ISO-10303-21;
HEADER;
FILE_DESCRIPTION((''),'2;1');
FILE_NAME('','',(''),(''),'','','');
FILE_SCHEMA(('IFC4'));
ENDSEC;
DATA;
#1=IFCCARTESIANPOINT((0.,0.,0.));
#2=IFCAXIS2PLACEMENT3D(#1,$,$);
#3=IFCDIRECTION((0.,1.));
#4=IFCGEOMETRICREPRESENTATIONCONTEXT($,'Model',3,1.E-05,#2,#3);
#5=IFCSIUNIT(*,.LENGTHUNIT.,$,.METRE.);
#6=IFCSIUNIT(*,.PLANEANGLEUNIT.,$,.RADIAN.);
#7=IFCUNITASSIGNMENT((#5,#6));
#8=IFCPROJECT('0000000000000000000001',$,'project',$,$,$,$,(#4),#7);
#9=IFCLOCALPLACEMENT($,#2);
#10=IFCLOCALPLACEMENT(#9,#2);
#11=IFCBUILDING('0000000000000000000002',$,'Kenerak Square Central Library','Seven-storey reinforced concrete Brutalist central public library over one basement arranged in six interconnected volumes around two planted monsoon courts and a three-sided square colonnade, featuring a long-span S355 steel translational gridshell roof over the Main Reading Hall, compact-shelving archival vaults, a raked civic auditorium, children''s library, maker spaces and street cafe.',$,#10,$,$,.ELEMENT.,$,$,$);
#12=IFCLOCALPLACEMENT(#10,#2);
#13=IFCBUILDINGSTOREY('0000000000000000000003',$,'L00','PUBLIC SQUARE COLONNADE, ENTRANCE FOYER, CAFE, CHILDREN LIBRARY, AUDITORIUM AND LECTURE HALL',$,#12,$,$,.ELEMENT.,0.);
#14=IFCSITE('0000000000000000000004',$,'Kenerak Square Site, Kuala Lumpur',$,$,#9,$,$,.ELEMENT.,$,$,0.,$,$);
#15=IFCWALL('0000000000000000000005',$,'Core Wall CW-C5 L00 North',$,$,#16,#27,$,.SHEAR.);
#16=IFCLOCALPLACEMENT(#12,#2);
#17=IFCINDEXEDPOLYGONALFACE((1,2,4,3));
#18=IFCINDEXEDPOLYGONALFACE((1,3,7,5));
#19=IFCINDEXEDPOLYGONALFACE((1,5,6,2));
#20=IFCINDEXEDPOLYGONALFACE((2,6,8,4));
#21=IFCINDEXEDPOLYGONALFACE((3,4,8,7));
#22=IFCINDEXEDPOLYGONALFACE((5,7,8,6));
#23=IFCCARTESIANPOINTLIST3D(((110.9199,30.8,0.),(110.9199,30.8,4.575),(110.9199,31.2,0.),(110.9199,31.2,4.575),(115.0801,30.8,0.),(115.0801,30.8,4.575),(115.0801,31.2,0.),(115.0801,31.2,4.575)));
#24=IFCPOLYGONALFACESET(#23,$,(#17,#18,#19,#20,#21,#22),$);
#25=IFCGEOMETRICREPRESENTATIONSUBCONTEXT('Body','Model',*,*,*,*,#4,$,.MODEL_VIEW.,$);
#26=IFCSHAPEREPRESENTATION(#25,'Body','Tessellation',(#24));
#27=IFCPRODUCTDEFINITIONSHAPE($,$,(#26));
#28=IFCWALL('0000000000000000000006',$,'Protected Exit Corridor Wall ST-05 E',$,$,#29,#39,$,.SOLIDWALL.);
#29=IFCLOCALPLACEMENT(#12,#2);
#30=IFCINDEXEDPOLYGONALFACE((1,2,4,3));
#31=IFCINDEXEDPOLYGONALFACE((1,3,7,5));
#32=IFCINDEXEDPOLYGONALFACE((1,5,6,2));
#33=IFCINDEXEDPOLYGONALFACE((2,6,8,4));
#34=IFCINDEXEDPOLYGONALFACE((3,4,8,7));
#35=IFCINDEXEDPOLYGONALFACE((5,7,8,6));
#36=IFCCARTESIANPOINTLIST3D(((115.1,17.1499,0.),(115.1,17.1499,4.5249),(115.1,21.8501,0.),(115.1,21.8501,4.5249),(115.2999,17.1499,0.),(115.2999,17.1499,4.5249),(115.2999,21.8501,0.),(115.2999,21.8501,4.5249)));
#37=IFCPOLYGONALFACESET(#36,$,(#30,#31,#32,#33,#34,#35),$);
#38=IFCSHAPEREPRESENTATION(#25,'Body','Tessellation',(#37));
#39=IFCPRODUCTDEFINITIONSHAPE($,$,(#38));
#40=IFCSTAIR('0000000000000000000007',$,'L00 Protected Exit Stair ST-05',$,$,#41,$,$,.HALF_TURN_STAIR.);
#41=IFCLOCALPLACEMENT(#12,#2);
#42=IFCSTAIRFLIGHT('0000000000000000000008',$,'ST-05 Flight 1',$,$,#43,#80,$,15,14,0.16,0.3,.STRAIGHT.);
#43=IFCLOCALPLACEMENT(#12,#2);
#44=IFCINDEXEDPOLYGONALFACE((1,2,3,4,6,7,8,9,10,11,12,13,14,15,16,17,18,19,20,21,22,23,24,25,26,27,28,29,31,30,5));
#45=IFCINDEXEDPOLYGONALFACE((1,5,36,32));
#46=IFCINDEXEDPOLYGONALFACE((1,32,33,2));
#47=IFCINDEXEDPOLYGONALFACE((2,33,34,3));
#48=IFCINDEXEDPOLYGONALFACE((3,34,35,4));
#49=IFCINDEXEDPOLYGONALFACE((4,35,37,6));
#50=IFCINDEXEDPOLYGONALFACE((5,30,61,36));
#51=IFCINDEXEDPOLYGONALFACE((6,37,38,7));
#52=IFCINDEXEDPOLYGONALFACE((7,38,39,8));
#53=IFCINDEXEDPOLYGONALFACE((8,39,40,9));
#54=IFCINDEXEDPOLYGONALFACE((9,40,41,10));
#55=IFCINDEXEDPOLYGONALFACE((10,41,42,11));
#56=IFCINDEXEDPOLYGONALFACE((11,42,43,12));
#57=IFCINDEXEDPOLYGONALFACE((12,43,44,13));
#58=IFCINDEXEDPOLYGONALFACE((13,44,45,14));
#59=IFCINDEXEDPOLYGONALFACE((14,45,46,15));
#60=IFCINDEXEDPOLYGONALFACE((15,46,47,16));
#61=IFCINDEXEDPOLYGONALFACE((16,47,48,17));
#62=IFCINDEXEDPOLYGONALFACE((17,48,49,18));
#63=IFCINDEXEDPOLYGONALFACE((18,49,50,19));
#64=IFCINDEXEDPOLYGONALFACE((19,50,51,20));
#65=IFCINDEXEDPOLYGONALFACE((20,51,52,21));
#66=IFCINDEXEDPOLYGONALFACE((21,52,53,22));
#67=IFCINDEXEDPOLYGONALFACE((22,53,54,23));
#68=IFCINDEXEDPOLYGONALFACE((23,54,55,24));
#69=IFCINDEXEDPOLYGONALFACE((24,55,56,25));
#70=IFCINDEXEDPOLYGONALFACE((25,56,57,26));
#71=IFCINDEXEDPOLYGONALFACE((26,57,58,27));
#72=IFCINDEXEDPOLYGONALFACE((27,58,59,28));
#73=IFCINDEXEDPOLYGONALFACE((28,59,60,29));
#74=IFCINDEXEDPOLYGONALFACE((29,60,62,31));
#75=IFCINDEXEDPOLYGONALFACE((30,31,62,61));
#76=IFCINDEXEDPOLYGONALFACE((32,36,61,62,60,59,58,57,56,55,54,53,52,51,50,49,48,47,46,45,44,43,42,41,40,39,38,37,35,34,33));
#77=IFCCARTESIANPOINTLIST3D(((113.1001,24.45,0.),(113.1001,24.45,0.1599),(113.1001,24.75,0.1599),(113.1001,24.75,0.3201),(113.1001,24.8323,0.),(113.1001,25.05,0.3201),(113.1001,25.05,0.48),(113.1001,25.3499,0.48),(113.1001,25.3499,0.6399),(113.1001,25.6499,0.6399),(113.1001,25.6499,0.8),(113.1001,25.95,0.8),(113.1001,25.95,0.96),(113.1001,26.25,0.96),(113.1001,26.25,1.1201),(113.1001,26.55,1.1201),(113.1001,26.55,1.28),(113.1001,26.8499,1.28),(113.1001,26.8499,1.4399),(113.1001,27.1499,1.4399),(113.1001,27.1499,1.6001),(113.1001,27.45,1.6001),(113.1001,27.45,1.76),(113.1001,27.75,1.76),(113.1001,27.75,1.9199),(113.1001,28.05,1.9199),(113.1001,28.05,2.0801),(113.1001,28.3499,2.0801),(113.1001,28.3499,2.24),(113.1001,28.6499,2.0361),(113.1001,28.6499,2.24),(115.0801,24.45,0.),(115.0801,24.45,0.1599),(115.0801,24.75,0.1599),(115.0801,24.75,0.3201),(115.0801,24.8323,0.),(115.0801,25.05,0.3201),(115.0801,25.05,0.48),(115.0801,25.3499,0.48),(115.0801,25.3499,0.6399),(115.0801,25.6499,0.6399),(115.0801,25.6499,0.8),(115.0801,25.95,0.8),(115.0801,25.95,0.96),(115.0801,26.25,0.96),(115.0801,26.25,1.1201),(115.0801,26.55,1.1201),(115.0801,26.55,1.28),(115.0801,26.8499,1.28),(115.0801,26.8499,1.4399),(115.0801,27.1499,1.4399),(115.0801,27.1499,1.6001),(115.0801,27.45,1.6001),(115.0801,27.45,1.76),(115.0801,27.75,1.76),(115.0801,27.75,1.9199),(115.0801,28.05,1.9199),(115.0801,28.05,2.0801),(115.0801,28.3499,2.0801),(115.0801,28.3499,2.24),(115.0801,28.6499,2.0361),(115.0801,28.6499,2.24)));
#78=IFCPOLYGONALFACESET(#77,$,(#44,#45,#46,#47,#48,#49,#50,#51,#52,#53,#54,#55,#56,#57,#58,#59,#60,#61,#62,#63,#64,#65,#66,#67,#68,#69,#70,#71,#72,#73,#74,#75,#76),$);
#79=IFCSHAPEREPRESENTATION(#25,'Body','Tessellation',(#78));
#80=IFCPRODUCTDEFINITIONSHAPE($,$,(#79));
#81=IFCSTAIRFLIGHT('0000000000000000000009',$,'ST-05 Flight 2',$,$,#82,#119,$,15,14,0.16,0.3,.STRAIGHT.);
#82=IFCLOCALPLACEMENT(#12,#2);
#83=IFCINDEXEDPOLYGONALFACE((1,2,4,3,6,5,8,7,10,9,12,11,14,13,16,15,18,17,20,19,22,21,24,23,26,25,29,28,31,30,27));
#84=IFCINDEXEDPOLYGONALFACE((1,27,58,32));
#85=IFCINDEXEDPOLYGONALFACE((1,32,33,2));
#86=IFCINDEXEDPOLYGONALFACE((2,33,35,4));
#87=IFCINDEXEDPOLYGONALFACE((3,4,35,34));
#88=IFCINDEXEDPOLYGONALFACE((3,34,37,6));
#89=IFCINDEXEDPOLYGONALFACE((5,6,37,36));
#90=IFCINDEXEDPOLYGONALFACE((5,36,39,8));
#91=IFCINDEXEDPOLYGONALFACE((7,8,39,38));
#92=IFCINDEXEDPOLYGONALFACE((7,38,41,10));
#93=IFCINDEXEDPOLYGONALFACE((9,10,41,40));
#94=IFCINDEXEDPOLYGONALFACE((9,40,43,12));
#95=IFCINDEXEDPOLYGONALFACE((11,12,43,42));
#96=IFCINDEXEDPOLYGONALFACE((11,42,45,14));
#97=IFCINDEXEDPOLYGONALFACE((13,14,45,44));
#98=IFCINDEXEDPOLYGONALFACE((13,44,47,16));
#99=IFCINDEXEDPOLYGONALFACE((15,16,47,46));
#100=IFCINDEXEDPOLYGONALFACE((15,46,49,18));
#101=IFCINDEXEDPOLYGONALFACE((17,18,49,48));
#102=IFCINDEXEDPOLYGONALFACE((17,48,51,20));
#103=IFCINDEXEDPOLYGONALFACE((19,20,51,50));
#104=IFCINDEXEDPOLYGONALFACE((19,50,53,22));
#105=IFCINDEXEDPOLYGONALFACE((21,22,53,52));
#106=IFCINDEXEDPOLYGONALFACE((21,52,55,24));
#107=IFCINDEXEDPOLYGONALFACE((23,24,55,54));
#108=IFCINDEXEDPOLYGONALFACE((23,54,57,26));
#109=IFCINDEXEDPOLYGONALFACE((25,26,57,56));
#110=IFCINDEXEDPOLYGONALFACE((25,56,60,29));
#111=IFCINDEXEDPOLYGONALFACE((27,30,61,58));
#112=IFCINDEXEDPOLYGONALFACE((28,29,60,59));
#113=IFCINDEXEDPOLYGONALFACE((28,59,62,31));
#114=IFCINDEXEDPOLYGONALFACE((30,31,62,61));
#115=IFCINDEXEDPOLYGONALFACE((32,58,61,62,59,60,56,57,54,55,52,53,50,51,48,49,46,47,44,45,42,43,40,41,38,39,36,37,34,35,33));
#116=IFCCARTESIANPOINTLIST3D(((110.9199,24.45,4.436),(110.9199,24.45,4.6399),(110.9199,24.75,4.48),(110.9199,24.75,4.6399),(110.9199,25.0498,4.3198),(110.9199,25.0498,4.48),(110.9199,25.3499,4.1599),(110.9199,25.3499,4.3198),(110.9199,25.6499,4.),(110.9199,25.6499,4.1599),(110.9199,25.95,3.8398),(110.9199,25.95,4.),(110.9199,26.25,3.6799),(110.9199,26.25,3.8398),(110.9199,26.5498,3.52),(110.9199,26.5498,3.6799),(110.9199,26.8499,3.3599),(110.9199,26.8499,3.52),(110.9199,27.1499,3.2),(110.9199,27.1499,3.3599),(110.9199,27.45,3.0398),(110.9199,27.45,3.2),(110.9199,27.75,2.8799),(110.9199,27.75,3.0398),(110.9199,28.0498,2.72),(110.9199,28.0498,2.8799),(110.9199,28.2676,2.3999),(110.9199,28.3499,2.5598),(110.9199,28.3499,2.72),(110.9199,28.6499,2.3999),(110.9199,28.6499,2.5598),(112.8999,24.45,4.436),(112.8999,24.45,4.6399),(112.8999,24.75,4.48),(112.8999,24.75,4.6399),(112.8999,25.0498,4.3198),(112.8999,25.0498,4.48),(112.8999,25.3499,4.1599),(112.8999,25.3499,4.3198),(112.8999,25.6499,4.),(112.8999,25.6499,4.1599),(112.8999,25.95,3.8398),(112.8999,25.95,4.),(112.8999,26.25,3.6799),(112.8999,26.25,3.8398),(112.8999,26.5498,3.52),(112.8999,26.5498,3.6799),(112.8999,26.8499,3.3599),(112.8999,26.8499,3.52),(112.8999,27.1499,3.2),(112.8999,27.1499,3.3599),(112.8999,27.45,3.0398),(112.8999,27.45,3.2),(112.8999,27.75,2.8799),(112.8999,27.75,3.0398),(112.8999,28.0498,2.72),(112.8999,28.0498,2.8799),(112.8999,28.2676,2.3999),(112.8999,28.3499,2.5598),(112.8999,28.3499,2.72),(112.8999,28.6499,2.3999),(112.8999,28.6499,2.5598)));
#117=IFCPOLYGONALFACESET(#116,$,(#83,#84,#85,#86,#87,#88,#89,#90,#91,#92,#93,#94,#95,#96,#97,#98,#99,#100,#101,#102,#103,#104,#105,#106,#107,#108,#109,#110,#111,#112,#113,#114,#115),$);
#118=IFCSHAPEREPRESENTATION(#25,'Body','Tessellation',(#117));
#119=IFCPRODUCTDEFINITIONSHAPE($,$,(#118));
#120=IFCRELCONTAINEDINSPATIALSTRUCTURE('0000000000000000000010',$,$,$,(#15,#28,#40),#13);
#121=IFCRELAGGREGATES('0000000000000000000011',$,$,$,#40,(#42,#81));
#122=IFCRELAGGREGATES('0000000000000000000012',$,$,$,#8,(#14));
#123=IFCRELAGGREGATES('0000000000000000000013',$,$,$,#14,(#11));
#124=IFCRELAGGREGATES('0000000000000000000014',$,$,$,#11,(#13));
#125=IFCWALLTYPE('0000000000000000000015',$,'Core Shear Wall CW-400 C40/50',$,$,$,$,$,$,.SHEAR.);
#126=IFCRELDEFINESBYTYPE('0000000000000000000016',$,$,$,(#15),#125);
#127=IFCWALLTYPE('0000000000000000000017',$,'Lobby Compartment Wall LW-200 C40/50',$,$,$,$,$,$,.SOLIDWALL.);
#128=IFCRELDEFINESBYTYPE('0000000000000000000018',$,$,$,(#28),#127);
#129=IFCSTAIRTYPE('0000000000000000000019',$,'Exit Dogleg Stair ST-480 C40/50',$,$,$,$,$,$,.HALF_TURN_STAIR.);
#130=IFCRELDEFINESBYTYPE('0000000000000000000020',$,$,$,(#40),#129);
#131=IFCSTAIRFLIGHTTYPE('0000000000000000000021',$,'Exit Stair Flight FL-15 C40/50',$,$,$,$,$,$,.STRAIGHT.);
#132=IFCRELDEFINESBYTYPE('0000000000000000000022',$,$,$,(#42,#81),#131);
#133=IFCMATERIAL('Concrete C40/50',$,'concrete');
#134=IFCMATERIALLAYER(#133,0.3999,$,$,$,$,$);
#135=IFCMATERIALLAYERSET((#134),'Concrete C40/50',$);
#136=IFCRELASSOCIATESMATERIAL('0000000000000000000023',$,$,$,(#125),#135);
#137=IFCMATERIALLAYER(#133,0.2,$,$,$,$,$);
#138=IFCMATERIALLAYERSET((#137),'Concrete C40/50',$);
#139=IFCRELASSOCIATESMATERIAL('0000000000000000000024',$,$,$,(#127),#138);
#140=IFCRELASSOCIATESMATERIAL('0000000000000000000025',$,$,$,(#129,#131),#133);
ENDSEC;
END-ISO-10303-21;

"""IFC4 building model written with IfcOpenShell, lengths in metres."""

from ifc_helpers import new_model, si_unit, direction, frame, frame_2d, origin, place, context, subcontext, project, spatial, polyline, rectangle, outline, extrude, material, layer, layer_set, type_object, element, aggregate, save


model = new_model("IFC4")

# Units and contexts
model_context = context("Model", 3, precision=1e-05, world=origin(), true_north=direction((0.0, 1.0)))
body_context = subcontext(model_context, "Body", "Model", "MODEL_VIEW")
ifc_project = project(units=[si_unit("LENGTHUNIT", "METRE"), si_unit("PLANEANGLEUNIT", "RADIAN")], contexts=[model_context])

# Site, building, storey
site_placement = place(None, origin())
site = spatial("IfcSite", under=ifc_project, at=site_placement, Name="Kenerak Square Site, Kuala Lumpur", CompositionType="ELEMENT", RefElevation=0.0)
building_placement = place(site_placement, origin())
building = spatial("IfcBuilding", under=site, at=building_placement, Name="Kenerak Square Central Library", Description="Seven-storey reinforced concrete Brutalist central public library over one basement arranged in six interconnected volumes around two planted monsoon courts and a three-sided square colonnade, featuring a long-span S355 steel translational gridshell roof over the Main Reading Hall, compact-shelving archival vaults, a raked civic auditorium, children's library, maker spaces and street cafe.", CompositionType="ELEMENT")
storey_placement = place(building_placement, origin())
storey = spatial("IfcBuildingStorey", under=building, at=storey_placement, Name="L00", Description="PUBLIC SQUARE COLONNADE, ENTRANCE FOYER, CAFE, CHILDREN LIBRARY, AUDITORIUM AND LECTURE HALL", CompositionType="ELEMENT", Elevation=0.0)

# Shared definitions
ifc_material_1 = material(Name="Concrete C40/50", Category="concrete")

# Shared definitions
ifc_layer_1 = layer(ifc_material_1, 0.3999)
ifc_layer_set_1 = layer_set([ifc_layer_1], Name="Concrete C40/50")
wall_type_1 = type_object("IfcWallType", Name="Core Shear Wall CW-400 C40/50", PredefinedType="SHEAR", material=ifc_layer_set_1)

# Walls
wall_1_placement = place(storey_placement, frame((110.9199, 31.0, 0.0), z_axis=(0.0, 0.0, 1.0), x_axis=(1.0, 0.0, 0.0)))
element("IfcWall", 1, at=wall_1_placement, inside=storey, type_object=wall_type_1, Name="Core Wall CW-C5 L00 North", PredefinedType="SHEAR", context=body_context, shape_type="SweptSolid", body=[
    extrude(rectangle(XDim=4.1602, YDim=0.3999, at=frame_2d((2.0801, 0.0))), origin(), (0.0, 0.0, 1.0), 4.575),
])
ifc_layer_2 = layer(ifc_material_1, 0.2)
ifc_layer_set_2 = layer_set([ifc_layer_2], Name="Concrete C40/50")
wall_type_2 = type_object("IfcWallType", Name="Lobby Compartment Wall LW-200 C40/50", PredefinedType="SOLIDWALL", material=ifc_layer_set_2)
wall_2_placement = place(storey_placement, frame((115.2, 17.1499, 0.0), z_axis=(0.0, 0.0, 1.0), x_axis=(0.0, 1.0, 0.0)))
element("IfcWall", 2, at=wall_2_placement, inside=storey, type_object=wall_type_2, Name="Protected Exit Corridor Wall ST-05 E", PredefinedType="SOLIDWALL", context=body_context, shape_type="SweptSolid", body=[
    extrude(rectangle(XDim=4.7002, YDim=0.2, at=frame_2d((2.3501, 0.0))), origin(), (0.0, 0.0, 1.0), 4.5249),
])

# Stair, stair flights
stair_type = type_object("IfcStairType", Name="Exit Dogleg Stair ST-480 C40/50", PredefinedType="HALF_TURN_STAIR", material=ifc_material_1)
stair_placement = place(storey_placement, origin())
stair = element("IfcStair", 3, at=stair_placement, inside=storey, type_object=stair_type, Name="L00 Protected Exit Stair ST-05", PredefinedType="HALF_TURN_STAIR")
stair_flight_type = type_object("IfcStairFlightType", Name="Exit Stair Flight FL-15 C40/50", PredefinedType="STRAIGHT", material=ifc_material_1)
stair_flight_1_placement = place(storey_placement, frame((114.0901, 24.45, 0.0), z_axis=(0.0, 0.0, 1.0), x_axis=(0.0, 1.0, 0.0)))
stair_flight_1 = element("IfcStairFlight", 4, at=stair_flight_1_placement, type_object=stair_flight_type, Name="ST-05 Flight 1", NumberOfRisers=15, NumberOfTreads=14, PredefinedType="STRAIGHT", RiserHeight=0.16, TreadLength=0.3, context=body_context, shape_type="SweptSolid", body=[
    extrude(outline(polyline([(0.0, 0.0), (0.0, 0.1599), (0.3, 0.1599), (0.3, 0.3201), (0.6001, 0.3201), (0.6001, 0.48), (0.8999, 0.48), (0.8999, 0.6399), (1.2, 0.6399), (1.2, 0.8), (1.5, 0.8), (1.5, 0.96), (1.8, 0.96), (1.8, 1.1201), (2.1001, 1.1201), (2.1001, 1.28), (2.3999, 1.28), (2.3999, 1.4399), (2.7, 1.4399), (2.7, 1.6001), (3.0, 1.6001), (3.0, 1.76), (3.3, 1.76), (3.3, 1.9199), (3.6001, 1.9199), (3.6001, 2.0801), (3.8999, 2.0801), (3.8999, 2.24), (4.2, 2.24), (4.2, 2.3999), (4.2, 2.0361), (0.3823, 0.0), (0.0, 0.0)])), frame((0.0, 0.99, 0.0), z_axis=(0.0, -1.0, 0.0), x_axis=(1.0, 0.0, 0.0)), (0.0, 0.0, 1.0), 1.98),
])
stair_flight_2_placement = place(storey_placement, frame((111.9099, 28.6499, 2.3999), z_axis=(0.0, 0.0, 1.0), x_axis=(0.0, -1.0, 0.0)))
stair_flight_2 = element("IfcStairFlight", 5, at=stair_flight_2_placement, type_object=stair_flight_type, Name="ST-05 Flight 2", NumberOfRisers=15, NumberOfTreads=14, PredefinedType="STRAIGHT", RiserHeight=0.16, TreadLength=0.3, context=body_context, shape_type="SweptSolid", body=[
    extrude(outline(polyline([(0.0, 0.0), (0.0, 0.1599), (0.3, 0.1599), (0.3, 0.3201), (0.6001, 0.3201), (0.6001, 0.48), (0.8999, 0.48), (0.8999, 0.6399), (1.2, 0.6399), (1.2, 0.8), (1.5, 0.8), (1.5, 0.96), (1.8, 0.96), (1.8, 1.1201), (2.1001, 1.1201), (2.1001, 1.28), (2.3999, 1.28), (2.3999, 1.4399), (2.7, 1.4399), (2.7, 1.6001), (3.0, 1.6001), (3.0, 1.76), (3.3, 1.76), (3.3, 1.9199), (3.6001, 1.9199), (3.6001, 2.0801), (3.8999, 2.0801), (3.8999, 2.24), (4.2, 2.24), (4.2, 2.3999), (4.2, 2.0361), (0.3823, 0.0), (0.0, 0.0)])), frame((0.0, 0.99, 0.0), z_axis=(0.0, -1.0, 0.0), x_axis=(1.0, 0.0, 0.0)), (0.0, 0.0, 1.0), 1.98),
])
aggregate(stair, [stair_flight_1, stair_flight_2])

save(model, "model.ifc")
